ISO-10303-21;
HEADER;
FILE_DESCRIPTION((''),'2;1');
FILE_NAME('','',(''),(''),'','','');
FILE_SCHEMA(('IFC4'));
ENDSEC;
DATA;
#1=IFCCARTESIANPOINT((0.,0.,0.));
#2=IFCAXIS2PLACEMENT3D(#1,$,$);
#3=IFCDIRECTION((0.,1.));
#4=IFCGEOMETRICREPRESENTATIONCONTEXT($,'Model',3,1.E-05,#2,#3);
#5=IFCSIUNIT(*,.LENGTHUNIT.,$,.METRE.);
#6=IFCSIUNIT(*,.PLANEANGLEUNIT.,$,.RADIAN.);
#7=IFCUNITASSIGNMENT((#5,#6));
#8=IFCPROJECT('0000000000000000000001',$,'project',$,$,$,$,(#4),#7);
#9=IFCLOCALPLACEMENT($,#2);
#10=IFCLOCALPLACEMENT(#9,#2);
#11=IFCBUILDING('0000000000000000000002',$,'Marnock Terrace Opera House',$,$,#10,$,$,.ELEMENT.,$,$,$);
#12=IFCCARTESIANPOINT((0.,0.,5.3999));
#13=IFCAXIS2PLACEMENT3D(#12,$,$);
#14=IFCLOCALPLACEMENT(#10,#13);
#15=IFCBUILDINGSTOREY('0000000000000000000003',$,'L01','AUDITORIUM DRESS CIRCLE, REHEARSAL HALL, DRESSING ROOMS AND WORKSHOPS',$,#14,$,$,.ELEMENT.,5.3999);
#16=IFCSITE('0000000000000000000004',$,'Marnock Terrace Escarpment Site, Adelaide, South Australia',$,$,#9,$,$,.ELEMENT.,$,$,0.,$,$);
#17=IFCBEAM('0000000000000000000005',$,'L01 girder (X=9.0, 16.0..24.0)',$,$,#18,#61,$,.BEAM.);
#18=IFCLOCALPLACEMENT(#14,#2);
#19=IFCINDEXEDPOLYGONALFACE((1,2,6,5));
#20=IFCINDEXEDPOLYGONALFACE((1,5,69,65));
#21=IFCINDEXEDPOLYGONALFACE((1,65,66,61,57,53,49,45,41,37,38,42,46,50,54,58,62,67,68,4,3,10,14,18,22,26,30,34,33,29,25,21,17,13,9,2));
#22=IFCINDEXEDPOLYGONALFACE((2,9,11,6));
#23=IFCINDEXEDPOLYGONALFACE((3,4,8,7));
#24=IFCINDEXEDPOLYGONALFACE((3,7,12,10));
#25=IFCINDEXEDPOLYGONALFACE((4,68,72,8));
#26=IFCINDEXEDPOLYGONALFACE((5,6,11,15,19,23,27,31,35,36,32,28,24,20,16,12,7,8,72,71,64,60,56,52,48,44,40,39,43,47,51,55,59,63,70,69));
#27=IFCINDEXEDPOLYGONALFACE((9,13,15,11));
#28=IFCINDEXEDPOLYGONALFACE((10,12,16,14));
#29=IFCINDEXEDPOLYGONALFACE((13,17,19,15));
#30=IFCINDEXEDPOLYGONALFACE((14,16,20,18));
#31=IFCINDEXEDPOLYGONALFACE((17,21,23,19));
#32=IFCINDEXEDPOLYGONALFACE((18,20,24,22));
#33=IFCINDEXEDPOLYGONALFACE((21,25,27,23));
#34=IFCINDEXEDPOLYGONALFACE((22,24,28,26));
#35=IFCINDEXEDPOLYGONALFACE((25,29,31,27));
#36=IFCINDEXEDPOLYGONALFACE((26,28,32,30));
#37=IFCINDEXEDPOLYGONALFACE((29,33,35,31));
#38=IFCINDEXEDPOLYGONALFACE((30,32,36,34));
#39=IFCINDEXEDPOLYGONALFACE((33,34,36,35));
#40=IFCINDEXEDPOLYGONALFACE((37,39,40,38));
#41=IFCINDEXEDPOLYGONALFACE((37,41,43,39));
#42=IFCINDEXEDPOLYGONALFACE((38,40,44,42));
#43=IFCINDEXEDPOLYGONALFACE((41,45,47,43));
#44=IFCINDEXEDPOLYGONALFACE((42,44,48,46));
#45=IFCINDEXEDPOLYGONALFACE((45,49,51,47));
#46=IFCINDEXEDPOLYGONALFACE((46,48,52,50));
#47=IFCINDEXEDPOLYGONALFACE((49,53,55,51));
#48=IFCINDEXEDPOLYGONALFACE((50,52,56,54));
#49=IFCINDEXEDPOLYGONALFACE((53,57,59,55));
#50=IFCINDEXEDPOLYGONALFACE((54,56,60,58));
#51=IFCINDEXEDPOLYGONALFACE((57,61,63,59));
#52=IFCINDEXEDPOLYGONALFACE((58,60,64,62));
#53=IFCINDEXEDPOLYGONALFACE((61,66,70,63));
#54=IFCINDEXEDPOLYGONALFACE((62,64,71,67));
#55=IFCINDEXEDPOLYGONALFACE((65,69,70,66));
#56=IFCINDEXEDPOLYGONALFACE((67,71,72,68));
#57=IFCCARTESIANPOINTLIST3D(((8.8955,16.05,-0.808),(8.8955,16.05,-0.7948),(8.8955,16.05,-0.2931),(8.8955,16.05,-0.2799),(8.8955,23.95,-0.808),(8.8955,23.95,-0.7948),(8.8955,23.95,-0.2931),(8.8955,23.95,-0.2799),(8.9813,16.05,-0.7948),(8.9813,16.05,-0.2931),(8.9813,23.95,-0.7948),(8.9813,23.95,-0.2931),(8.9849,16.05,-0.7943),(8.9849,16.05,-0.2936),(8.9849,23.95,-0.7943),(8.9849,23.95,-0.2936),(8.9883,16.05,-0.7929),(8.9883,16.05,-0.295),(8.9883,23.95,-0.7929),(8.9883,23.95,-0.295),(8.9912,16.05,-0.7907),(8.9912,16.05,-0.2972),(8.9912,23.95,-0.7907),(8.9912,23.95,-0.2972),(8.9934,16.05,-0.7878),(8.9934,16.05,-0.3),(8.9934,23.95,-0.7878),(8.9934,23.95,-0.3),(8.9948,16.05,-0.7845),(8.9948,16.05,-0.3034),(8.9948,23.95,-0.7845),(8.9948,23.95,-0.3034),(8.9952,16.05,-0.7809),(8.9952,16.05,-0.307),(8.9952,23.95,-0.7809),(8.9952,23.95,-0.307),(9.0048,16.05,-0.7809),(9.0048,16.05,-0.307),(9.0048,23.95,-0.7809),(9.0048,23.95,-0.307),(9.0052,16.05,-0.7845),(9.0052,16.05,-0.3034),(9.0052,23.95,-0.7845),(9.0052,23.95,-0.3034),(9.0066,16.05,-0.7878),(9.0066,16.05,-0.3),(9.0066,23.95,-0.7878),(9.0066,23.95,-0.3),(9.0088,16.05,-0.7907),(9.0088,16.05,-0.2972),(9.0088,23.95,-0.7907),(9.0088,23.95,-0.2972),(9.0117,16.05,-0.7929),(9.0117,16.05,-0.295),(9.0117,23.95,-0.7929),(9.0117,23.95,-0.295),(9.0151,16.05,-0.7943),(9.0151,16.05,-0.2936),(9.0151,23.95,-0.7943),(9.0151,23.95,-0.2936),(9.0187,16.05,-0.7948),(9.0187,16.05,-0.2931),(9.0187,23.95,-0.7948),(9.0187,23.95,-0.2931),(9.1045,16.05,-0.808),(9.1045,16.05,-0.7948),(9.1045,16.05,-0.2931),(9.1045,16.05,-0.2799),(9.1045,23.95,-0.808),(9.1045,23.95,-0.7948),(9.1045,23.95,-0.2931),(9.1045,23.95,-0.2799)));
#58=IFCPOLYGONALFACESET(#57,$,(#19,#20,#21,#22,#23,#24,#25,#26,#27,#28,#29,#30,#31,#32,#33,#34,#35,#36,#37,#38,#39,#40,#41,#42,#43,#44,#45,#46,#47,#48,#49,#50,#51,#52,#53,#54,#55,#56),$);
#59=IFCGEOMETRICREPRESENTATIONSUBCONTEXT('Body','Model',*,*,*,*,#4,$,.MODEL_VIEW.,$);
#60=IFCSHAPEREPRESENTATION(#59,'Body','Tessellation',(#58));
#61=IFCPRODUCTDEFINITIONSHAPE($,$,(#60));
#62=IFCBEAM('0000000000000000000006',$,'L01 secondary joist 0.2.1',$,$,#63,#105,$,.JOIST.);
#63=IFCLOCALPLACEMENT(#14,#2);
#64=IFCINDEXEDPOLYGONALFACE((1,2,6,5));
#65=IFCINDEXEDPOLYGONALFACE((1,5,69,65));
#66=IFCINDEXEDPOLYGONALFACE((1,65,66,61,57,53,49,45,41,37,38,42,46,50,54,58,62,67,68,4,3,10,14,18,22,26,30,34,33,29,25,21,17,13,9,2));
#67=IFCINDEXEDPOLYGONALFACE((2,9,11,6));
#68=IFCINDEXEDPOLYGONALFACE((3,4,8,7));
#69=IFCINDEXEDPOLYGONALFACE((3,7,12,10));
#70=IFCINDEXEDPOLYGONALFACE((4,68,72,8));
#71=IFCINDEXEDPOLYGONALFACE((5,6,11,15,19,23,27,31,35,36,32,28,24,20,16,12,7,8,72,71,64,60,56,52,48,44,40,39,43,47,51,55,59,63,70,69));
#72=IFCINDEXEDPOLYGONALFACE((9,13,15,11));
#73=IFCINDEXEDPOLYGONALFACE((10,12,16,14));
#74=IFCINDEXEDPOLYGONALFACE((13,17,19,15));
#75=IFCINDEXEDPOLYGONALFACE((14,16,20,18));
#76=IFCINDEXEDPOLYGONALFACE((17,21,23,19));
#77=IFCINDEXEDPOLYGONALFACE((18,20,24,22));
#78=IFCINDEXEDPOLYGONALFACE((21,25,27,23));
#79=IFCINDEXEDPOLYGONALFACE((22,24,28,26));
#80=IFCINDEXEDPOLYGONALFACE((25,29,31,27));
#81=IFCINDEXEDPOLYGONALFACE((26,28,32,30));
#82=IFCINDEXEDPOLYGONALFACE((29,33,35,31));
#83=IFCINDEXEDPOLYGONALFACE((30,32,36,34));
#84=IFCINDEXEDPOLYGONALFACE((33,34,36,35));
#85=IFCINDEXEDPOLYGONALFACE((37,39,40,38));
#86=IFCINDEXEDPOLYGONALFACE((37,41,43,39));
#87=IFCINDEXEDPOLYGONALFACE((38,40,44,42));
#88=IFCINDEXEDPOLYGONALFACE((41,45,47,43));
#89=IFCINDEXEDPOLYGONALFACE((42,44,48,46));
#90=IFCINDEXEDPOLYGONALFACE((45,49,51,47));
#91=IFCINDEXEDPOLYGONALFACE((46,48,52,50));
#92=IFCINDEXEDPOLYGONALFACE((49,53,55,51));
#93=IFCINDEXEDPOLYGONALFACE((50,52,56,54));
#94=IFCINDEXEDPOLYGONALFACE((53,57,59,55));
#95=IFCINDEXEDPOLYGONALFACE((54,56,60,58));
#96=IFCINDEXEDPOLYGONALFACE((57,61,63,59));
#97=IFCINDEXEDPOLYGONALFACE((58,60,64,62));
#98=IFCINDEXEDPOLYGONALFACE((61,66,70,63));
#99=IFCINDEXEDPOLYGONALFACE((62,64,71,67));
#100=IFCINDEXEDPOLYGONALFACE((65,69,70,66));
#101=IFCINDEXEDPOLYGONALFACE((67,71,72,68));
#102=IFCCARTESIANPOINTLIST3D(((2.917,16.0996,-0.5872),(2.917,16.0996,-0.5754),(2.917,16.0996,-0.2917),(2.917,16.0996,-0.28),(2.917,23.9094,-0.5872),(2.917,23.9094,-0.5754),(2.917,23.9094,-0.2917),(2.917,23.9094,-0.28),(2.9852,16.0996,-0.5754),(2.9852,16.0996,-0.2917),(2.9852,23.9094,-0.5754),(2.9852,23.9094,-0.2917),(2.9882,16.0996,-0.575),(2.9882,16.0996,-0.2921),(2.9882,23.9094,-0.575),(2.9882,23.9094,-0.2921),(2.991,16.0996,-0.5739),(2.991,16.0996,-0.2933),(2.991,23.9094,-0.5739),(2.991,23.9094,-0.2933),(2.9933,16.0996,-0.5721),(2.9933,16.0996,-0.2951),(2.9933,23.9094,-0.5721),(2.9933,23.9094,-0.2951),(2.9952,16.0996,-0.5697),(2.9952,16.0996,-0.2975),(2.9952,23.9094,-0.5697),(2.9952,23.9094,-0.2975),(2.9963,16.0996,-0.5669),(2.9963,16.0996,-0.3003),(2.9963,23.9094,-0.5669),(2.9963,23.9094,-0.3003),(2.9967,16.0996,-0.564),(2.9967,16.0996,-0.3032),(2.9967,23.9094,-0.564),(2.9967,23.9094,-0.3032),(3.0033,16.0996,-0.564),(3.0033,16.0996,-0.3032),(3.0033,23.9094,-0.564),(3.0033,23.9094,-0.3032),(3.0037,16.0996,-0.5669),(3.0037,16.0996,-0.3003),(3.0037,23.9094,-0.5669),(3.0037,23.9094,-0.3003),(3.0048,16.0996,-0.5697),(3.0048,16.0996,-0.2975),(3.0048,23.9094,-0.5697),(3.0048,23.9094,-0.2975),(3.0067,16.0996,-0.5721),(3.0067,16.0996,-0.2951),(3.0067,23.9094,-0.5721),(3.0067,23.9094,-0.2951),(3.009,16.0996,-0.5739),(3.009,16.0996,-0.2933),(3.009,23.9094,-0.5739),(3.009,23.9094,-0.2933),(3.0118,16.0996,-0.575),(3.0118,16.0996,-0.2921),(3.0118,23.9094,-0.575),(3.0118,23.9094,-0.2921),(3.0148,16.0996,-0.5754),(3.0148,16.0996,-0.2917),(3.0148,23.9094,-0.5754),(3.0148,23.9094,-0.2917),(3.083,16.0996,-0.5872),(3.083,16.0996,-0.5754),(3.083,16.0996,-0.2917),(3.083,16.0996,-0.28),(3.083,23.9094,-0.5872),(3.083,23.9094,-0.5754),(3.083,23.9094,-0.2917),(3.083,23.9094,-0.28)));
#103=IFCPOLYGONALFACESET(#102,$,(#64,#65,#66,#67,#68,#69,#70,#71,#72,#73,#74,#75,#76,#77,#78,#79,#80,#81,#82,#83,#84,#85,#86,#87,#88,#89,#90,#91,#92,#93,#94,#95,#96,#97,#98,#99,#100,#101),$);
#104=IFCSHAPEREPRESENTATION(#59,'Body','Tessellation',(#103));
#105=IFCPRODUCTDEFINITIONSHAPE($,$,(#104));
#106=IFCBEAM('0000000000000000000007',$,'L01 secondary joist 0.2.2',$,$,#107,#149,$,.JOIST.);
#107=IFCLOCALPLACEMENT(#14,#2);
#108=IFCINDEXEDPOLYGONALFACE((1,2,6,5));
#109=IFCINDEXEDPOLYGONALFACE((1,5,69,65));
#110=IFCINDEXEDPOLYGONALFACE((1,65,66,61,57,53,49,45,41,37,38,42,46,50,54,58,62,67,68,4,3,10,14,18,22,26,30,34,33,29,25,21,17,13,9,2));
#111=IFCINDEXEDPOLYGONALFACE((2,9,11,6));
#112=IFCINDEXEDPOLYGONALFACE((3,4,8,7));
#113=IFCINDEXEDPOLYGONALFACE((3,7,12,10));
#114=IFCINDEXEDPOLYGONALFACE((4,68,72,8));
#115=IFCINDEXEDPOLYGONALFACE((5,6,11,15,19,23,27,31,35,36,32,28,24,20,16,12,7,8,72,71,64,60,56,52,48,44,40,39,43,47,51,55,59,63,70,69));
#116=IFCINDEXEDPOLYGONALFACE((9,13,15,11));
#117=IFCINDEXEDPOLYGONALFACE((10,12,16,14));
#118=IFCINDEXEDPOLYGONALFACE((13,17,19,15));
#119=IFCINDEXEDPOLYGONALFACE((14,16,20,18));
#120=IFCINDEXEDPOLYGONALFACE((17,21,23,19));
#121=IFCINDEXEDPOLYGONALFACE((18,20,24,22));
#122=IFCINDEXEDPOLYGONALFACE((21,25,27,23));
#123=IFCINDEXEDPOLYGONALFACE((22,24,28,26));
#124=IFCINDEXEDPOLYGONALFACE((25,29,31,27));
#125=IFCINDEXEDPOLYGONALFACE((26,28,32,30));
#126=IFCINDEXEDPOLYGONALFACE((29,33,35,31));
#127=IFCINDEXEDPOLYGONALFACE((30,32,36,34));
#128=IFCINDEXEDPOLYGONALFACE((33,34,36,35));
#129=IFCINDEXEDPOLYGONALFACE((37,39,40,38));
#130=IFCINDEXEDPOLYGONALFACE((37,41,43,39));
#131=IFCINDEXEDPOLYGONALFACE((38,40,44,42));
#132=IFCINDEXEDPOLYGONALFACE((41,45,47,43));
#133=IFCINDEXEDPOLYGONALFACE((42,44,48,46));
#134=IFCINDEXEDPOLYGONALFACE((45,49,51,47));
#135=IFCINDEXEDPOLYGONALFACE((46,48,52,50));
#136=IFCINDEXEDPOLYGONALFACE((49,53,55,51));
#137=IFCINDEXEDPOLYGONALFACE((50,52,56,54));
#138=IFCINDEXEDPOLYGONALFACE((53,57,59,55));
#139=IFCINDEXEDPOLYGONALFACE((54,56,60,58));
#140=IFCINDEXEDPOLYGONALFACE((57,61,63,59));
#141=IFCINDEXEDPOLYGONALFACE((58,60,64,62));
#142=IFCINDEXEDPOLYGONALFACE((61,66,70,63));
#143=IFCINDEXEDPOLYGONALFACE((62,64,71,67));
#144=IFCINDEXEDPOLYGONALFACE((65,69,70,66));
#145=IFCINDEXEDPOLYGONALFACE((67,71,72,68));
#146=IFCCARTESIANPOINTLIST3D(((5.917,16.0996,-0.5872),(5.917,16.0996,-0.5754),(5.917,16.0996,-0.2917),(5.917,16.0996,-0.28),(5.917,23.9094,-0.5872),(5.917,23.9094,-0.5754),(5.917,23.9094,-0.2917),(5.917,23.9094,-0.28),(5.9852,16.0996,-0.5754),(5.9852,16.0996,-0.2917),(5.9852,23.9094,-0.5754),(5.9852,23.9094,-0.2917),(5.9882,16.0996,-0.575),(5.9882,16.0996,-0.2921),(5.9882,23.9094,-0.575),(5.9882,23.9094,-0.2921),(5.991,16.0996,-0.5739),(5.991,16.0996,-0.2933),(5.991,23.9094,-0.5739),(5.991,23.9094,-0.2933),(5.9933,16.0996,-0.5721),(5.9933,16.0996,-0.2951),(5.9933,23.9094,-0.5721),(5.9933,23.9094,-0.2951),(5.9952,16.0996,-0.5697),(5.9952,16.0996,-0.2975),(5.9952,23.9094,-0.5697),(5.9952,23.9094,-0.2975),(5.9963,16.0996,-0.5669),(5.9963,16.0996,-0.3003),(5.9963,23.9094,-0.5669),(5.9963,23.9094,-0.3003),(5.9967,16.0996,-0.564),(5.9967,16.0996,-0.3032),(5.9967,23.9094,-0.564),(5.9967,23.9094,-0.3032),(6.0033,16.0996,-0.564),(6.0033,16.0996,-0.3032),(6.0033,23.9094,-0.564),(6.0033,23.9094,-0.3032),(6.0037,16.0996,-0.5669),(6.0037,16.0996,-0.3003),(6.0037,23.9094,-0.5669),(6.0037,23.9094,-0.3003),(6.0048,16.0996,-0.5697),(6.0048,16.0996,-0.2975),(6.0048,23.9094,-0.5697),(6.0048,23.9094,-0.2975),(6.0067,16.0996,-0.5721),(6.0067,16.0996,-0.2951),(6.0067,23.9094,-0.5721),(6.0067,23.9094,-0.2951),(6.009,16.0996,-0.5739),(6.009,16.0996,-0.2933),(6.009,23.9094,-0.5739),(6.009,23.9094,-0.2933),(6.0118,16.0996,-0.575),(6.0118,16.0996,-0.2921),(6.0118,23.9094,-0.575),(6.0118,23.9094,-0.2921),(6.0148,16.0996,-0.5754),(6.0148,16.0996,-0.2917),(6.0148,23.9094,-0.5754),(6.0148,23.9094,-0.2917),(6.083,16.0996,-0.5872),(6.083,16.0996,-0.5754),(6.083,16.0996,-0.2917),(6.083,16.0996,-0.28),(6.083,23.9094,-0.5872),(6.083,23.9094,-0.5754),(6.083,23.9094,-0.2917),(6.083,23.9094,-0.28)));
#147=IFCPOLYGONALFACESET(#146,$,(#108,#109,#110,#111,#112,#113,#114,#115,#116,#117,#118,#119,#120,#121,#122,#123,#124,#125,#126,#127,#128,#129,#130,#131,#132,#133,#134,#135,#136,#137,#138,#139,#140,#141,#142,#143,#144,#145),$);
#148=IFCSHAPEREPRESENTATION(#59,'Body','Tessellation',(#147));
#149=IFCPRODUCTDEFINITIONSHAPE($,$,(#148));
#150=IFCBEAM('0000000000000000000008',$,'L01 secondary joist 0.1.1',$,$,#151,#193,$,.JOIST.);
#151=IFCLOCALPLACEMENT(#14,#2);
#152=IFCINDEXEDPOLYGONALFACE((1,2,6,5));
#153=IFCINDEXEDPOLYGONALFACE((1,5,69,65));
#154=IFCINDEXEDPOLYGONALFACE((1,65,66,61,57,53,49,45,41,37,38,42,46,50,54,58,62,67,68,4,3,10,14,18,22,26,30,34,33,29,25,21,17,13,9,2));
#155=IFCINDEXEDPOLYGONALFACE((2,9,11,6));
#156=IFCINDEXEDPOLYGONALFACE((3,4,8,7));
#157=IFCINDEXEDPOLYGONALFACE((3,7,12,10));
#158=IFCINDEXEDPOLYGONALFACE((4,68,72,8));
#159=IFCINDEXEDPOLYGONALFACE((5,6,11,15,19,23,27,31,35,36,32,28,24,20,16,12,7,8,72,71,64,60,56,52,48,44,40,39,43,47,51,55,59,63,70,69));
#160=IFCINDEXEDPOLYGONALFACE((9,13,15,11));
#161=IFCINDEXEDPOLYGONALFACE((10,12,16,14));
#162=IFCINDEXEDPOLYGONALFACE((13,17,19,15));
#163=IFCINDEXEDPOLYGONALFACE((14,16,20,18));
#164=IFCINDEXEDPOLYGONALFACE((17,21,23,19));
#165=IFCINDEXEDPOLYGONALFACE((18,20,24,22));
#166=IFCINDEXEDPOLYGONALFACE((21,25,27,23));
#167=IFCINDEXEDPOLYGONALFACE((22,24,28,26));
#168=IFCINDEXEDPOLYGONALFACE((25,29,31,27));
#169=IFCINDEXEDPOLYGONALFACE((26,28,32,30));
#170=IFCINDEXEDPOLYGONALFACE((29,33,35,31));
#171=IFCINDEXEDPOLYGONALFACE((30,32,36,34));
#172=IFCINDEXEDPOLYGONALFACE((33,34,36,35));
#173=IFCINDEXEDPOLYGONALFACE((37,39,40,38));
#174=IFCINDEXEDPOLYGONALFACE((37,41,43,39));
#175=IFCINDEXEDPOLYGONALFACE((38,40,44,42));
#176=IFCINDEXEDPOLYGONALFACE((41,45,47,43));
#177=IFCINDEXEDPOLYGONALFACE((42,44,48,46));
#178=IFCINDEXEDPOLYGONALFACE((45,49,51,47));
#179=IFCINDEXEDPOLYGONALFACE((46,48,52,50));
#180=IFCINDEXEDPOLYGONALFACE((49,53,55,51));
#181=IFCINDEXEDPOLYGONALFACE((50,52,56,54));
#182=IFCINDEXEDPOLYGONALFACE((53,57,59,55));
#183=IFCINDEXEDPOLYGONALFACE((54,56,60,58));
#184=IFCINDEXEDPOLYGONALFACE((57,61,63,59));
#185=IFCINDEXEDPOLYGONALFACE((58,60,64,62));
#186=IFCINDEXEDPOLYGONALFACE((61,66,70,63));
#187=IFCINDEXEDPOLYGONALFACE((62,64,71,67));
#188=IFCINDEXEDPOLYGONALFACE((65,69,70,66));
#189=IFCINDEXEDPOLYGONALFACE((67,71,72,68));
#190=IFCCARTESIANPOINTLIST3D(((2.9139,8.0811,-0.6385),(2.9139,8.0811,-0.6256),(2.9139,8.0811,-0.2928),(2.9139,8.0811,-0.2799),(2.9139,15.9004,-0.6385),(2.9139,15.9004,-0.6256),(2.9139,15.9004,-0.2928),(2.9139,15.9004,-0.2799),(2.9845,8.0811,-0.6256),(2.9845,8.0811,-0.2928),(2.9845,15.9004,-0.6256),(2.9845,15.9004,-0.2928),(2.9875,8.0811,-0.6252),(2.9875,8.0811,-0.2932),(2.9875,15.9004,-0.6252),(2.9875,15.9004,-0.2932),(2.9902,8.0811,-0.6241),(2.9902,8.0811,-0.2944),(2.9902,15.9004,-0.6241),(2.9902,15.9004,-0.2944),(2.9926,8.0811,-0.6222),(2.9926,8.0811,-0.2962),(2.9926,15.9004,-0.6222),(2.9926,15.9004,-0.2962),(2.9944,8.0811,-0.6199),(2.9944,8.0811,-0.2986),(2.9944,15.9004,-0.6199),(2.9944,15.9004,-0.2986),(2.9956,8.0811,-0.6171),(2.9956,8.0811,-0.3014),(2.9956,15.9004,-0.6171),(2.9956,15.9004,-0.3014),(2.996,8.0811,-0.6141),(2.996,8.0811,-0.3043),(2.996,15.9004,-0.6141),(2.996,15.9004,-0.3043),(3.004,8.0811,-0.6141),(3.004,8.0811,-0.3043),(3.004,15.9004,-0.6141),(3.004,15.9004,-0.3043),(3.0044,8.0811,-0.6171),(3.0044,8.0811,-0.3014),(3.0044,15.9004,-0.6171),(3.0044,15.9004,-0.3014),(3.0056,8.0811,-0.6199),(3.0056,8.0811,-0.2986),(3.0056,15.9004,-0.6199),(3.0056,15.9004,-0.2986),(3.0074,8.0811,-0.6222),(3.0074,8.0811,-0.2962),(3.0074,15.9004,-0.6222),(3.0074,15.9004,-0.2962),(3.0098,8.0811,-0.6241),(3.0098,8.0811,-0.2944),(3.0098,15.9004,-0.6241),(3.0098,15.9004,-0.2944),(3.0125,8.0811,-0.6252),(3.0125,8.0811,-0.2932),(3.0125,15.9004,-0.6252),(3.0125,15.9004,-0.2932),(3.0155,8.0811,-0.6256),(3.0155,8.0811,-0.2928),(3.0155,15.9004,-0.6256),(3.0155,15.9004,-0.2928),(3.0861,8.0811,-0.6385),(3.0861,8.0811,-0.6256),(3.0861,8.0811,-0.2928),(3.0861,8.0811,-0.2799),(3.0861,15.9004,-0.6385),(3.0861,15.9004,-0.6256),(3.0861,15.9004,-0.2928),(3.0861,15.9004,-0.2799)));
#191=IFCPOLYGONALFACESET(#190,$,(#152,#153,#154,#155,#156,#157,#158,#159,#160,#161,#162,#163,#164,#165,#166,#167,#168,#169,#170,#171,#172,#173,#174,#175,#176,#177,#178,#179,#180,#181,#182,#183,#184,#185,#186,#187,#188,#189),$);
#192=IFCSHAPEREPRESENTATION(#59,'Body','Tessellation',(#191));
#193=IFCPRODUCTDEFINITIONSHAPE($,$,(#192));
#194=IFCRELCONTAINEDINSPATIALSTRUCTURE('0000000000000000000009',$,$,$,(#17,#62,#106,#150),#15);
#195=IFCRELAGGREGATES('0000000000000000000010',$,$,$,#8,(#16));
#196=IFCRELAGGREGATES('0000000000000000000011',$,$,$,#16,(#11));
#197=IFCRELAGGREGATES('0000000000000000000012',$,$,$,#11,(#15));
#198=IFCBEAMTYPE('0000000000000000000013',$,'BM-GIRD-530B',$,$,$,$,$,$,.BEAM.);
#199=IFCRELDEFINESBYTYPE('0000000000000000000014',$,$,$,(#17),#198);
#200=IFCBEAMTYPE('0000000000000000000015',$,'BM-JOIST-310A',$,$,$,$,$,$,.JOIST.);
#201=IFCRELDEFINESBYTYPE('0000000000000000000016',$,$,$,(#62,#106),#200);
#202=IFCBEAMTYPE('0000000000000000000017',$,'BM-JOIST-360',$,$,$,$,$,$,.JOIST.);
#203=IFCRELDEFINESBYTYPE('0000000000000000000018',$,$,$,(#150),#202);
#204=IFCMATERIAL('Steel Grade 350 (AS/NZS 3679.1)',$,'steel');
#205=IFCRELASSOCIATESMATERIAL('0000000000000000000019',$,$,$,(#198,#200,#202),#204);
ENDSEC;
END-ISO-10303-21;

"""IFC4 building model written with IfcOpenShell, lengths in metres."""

from ifc_helpers import new_model, si_unit, direction, frame, origin, origin_2d, place, context, subcontext, project, spatial, i_section, extrude, material, material_profile, profile_set, type_object, element, save


model = new_model("IFC4")

# Units and contexts
model_context = context("Model", 3, precision=1e-05, world=origin(), true_north=direction((0.0, 1.0)))
body_context = subcontext(model_context, "Body", "Model", "MODEL_VIEW")
ifc_project = project(units=[si_unit("LENGTHUNIT", "METRE"), si_unit("PLANEANGLEUNIT", "RADIAN")], contexts=[model_context])

# Site, building, storey
site_placement = place(None, origin())
site = spatial("IfcSite", under=ifc_project, at=site_placement, Name="Marnock Terrace Escarpment Site, Adelaide, South Australia", CompositionType="ELEMENT", RefElevation=0.0)
building_placement = place(site_placement, origin())
building = spatial("IfcBuilding", under=site, at=building_placement, Name="Marnock Terrace Opera House", CompositionType="ELEMENT")
storey_placement = place(building_placement, frame((0.0, 0.0, 5.3999)))
storey = spatial("IfcBuildingStorey", under=building, at=storey_placement, Name="L01", Description="AUDITORIUM DRESS CIRCLE, REHEARSAL HALL, DRESSING ROOMS AND WORKSHOPS", CompositionType="ELEMENT", Elevation=5.3999)

# Shared definitions
ifc_material_1 = material(Name="Steel Grade 350 (AS/NZS 3679.1)", Category="steel")

# Beams
ifc_material_profile_1 = material_profile(ifc_material_1, i_section(OverallWidth=0.209, OverallDepth=0.5281, WebThickness=0.0095, FlangeThickness=0.0132, FilletRadius=0.0139, at=origin_2d()))
ifc_profile_set_1 = profile_set([ifc_material_profile_1], Name="Steel Grade 350 (AS/NZS 3679.1)")
beam_type_1 = type_object("IfcBeamType", Name="BM-GIRD-530B", PredefinedType="BEAM", material=ifc_profile_set_1)
for number, where, z_axis, x_axis, name in (
    (1, (9.0, 16.05, -0.5439), (0.0, 1.0, 0.0), (-1.0, 0.0, 0.0), "L01 girder (X=9.0, 16.0..24.0)"),
):
    element("IfcBeam", number, at=place(storey_placement, frame(where, z_axis=z_axis, x_axis=x_axis)), inside=storey, type_object=beam_type_1, Name=name, PredefinedType="BEAM", context=body_context, shape_type="SweptSolid", body=[
        extrude(i_section(OverallWidth=0.209, OverallDepth=0.5281, WebThickness=0.0095, FlangeThickness=0.0132, FilletRadius=0.0139, at=origin_2d()), origin(), (0.0, 0.0, 1.0), 7.8999),
    ])
ifc_material_profile_2 = material_profile(ifc_material_1, i_section(OverallWidth=0.166, OverallDepth=0.3071, WebThickness=0.0066, FlangeThickness=0.0117, FilletRadius=0.0115, at=origin_2d()))
ifc_profile_set_2 = profile_set([ifc_material_profile_2], Name="Steel Grade 350 (AS/NZS 3679.1)")
beam_type_2 = type_object("IfcBeamType", Name="BM-JOIST-310A", PredefinedType="JOIST", material=ifc_profile_set_2)
for number, where, z_axis, x_axis, name in (
    (2, (3.0, 16.0996, -0.4336), (0.0, 1.0, 0.0), (-1.0, 0.0, 0.0), "L01 secondary joist 0.2.1"),
    (3, (6.0, 16.0996, -0.4336), (0.0, 1.0, 0.0), (-1.0, 0.0, 0.0), "L01 secondary joist 0.2.2"),
):
    element("IfcBeam", number, at=place(storey_placement, frame(where, z_axis=z_axis, x_axis=x_axis)), inside=storey, type_object=beam_type_2, Name=name, PredefinedType="JOIST", context=body_context, shape_type="SweptSolid", body=[
        extrude(i_section(OverallWidth=0.166, OverallDepth=0.3071, WebThickness=0.0066, FlangeThickness=0.0117, FilletRadius=0.0115, at=origin_2d()), origin(), (0.0, 0.0, 1.0), 7.8098),
    ])
ifc_material_profile_3 = material_profile(ifc_material_1, i_section(OverallWidth=0.1721, OverallDepth=0.3586, WebThickness=0.0081, FlangeThickness=0.0129, FilletRadius=0.0115, at=origin_2d()))
ifc_profile_set_3 = profile_set([ifc_material_profile_3], Name="Steel Grade 350 (AS/NZS 3679.1)")
beam_type_3 = type_object("IfcBeamType", Name="BM-JOIST-360", PredefinedType="JOIST", material=ifc_profile_set_3)
for number, where, z_axis, x_axis, name in (
    (4, (3.0, 8.0811, -0.4592), (0.0, 1.0, 0.0), (-1.0, 0.0, 0.0), "L01 secondary joist 0.1.1"),
):
    element("IfcBeam", number, at=place(storey_placement, frame(where, z_axis=z_axis, x_axis=x_axis)), inside=storey, type_object=beam_type_3, Name=name, PredefinedType="JOIST", context=body_context, shape_type="SweptSolid", body=[
        extrude(i_section(OverallWidth=0.1721, OverallDepth=0.3586, WebThickness=0.0081, FlangeThickness=0.0129, FilletRadius=0.0115, at=origin_2d()), origin(), (0.0, 0.0, 1.0), 7.8193),
    ])

save(model, "model.ifc")
